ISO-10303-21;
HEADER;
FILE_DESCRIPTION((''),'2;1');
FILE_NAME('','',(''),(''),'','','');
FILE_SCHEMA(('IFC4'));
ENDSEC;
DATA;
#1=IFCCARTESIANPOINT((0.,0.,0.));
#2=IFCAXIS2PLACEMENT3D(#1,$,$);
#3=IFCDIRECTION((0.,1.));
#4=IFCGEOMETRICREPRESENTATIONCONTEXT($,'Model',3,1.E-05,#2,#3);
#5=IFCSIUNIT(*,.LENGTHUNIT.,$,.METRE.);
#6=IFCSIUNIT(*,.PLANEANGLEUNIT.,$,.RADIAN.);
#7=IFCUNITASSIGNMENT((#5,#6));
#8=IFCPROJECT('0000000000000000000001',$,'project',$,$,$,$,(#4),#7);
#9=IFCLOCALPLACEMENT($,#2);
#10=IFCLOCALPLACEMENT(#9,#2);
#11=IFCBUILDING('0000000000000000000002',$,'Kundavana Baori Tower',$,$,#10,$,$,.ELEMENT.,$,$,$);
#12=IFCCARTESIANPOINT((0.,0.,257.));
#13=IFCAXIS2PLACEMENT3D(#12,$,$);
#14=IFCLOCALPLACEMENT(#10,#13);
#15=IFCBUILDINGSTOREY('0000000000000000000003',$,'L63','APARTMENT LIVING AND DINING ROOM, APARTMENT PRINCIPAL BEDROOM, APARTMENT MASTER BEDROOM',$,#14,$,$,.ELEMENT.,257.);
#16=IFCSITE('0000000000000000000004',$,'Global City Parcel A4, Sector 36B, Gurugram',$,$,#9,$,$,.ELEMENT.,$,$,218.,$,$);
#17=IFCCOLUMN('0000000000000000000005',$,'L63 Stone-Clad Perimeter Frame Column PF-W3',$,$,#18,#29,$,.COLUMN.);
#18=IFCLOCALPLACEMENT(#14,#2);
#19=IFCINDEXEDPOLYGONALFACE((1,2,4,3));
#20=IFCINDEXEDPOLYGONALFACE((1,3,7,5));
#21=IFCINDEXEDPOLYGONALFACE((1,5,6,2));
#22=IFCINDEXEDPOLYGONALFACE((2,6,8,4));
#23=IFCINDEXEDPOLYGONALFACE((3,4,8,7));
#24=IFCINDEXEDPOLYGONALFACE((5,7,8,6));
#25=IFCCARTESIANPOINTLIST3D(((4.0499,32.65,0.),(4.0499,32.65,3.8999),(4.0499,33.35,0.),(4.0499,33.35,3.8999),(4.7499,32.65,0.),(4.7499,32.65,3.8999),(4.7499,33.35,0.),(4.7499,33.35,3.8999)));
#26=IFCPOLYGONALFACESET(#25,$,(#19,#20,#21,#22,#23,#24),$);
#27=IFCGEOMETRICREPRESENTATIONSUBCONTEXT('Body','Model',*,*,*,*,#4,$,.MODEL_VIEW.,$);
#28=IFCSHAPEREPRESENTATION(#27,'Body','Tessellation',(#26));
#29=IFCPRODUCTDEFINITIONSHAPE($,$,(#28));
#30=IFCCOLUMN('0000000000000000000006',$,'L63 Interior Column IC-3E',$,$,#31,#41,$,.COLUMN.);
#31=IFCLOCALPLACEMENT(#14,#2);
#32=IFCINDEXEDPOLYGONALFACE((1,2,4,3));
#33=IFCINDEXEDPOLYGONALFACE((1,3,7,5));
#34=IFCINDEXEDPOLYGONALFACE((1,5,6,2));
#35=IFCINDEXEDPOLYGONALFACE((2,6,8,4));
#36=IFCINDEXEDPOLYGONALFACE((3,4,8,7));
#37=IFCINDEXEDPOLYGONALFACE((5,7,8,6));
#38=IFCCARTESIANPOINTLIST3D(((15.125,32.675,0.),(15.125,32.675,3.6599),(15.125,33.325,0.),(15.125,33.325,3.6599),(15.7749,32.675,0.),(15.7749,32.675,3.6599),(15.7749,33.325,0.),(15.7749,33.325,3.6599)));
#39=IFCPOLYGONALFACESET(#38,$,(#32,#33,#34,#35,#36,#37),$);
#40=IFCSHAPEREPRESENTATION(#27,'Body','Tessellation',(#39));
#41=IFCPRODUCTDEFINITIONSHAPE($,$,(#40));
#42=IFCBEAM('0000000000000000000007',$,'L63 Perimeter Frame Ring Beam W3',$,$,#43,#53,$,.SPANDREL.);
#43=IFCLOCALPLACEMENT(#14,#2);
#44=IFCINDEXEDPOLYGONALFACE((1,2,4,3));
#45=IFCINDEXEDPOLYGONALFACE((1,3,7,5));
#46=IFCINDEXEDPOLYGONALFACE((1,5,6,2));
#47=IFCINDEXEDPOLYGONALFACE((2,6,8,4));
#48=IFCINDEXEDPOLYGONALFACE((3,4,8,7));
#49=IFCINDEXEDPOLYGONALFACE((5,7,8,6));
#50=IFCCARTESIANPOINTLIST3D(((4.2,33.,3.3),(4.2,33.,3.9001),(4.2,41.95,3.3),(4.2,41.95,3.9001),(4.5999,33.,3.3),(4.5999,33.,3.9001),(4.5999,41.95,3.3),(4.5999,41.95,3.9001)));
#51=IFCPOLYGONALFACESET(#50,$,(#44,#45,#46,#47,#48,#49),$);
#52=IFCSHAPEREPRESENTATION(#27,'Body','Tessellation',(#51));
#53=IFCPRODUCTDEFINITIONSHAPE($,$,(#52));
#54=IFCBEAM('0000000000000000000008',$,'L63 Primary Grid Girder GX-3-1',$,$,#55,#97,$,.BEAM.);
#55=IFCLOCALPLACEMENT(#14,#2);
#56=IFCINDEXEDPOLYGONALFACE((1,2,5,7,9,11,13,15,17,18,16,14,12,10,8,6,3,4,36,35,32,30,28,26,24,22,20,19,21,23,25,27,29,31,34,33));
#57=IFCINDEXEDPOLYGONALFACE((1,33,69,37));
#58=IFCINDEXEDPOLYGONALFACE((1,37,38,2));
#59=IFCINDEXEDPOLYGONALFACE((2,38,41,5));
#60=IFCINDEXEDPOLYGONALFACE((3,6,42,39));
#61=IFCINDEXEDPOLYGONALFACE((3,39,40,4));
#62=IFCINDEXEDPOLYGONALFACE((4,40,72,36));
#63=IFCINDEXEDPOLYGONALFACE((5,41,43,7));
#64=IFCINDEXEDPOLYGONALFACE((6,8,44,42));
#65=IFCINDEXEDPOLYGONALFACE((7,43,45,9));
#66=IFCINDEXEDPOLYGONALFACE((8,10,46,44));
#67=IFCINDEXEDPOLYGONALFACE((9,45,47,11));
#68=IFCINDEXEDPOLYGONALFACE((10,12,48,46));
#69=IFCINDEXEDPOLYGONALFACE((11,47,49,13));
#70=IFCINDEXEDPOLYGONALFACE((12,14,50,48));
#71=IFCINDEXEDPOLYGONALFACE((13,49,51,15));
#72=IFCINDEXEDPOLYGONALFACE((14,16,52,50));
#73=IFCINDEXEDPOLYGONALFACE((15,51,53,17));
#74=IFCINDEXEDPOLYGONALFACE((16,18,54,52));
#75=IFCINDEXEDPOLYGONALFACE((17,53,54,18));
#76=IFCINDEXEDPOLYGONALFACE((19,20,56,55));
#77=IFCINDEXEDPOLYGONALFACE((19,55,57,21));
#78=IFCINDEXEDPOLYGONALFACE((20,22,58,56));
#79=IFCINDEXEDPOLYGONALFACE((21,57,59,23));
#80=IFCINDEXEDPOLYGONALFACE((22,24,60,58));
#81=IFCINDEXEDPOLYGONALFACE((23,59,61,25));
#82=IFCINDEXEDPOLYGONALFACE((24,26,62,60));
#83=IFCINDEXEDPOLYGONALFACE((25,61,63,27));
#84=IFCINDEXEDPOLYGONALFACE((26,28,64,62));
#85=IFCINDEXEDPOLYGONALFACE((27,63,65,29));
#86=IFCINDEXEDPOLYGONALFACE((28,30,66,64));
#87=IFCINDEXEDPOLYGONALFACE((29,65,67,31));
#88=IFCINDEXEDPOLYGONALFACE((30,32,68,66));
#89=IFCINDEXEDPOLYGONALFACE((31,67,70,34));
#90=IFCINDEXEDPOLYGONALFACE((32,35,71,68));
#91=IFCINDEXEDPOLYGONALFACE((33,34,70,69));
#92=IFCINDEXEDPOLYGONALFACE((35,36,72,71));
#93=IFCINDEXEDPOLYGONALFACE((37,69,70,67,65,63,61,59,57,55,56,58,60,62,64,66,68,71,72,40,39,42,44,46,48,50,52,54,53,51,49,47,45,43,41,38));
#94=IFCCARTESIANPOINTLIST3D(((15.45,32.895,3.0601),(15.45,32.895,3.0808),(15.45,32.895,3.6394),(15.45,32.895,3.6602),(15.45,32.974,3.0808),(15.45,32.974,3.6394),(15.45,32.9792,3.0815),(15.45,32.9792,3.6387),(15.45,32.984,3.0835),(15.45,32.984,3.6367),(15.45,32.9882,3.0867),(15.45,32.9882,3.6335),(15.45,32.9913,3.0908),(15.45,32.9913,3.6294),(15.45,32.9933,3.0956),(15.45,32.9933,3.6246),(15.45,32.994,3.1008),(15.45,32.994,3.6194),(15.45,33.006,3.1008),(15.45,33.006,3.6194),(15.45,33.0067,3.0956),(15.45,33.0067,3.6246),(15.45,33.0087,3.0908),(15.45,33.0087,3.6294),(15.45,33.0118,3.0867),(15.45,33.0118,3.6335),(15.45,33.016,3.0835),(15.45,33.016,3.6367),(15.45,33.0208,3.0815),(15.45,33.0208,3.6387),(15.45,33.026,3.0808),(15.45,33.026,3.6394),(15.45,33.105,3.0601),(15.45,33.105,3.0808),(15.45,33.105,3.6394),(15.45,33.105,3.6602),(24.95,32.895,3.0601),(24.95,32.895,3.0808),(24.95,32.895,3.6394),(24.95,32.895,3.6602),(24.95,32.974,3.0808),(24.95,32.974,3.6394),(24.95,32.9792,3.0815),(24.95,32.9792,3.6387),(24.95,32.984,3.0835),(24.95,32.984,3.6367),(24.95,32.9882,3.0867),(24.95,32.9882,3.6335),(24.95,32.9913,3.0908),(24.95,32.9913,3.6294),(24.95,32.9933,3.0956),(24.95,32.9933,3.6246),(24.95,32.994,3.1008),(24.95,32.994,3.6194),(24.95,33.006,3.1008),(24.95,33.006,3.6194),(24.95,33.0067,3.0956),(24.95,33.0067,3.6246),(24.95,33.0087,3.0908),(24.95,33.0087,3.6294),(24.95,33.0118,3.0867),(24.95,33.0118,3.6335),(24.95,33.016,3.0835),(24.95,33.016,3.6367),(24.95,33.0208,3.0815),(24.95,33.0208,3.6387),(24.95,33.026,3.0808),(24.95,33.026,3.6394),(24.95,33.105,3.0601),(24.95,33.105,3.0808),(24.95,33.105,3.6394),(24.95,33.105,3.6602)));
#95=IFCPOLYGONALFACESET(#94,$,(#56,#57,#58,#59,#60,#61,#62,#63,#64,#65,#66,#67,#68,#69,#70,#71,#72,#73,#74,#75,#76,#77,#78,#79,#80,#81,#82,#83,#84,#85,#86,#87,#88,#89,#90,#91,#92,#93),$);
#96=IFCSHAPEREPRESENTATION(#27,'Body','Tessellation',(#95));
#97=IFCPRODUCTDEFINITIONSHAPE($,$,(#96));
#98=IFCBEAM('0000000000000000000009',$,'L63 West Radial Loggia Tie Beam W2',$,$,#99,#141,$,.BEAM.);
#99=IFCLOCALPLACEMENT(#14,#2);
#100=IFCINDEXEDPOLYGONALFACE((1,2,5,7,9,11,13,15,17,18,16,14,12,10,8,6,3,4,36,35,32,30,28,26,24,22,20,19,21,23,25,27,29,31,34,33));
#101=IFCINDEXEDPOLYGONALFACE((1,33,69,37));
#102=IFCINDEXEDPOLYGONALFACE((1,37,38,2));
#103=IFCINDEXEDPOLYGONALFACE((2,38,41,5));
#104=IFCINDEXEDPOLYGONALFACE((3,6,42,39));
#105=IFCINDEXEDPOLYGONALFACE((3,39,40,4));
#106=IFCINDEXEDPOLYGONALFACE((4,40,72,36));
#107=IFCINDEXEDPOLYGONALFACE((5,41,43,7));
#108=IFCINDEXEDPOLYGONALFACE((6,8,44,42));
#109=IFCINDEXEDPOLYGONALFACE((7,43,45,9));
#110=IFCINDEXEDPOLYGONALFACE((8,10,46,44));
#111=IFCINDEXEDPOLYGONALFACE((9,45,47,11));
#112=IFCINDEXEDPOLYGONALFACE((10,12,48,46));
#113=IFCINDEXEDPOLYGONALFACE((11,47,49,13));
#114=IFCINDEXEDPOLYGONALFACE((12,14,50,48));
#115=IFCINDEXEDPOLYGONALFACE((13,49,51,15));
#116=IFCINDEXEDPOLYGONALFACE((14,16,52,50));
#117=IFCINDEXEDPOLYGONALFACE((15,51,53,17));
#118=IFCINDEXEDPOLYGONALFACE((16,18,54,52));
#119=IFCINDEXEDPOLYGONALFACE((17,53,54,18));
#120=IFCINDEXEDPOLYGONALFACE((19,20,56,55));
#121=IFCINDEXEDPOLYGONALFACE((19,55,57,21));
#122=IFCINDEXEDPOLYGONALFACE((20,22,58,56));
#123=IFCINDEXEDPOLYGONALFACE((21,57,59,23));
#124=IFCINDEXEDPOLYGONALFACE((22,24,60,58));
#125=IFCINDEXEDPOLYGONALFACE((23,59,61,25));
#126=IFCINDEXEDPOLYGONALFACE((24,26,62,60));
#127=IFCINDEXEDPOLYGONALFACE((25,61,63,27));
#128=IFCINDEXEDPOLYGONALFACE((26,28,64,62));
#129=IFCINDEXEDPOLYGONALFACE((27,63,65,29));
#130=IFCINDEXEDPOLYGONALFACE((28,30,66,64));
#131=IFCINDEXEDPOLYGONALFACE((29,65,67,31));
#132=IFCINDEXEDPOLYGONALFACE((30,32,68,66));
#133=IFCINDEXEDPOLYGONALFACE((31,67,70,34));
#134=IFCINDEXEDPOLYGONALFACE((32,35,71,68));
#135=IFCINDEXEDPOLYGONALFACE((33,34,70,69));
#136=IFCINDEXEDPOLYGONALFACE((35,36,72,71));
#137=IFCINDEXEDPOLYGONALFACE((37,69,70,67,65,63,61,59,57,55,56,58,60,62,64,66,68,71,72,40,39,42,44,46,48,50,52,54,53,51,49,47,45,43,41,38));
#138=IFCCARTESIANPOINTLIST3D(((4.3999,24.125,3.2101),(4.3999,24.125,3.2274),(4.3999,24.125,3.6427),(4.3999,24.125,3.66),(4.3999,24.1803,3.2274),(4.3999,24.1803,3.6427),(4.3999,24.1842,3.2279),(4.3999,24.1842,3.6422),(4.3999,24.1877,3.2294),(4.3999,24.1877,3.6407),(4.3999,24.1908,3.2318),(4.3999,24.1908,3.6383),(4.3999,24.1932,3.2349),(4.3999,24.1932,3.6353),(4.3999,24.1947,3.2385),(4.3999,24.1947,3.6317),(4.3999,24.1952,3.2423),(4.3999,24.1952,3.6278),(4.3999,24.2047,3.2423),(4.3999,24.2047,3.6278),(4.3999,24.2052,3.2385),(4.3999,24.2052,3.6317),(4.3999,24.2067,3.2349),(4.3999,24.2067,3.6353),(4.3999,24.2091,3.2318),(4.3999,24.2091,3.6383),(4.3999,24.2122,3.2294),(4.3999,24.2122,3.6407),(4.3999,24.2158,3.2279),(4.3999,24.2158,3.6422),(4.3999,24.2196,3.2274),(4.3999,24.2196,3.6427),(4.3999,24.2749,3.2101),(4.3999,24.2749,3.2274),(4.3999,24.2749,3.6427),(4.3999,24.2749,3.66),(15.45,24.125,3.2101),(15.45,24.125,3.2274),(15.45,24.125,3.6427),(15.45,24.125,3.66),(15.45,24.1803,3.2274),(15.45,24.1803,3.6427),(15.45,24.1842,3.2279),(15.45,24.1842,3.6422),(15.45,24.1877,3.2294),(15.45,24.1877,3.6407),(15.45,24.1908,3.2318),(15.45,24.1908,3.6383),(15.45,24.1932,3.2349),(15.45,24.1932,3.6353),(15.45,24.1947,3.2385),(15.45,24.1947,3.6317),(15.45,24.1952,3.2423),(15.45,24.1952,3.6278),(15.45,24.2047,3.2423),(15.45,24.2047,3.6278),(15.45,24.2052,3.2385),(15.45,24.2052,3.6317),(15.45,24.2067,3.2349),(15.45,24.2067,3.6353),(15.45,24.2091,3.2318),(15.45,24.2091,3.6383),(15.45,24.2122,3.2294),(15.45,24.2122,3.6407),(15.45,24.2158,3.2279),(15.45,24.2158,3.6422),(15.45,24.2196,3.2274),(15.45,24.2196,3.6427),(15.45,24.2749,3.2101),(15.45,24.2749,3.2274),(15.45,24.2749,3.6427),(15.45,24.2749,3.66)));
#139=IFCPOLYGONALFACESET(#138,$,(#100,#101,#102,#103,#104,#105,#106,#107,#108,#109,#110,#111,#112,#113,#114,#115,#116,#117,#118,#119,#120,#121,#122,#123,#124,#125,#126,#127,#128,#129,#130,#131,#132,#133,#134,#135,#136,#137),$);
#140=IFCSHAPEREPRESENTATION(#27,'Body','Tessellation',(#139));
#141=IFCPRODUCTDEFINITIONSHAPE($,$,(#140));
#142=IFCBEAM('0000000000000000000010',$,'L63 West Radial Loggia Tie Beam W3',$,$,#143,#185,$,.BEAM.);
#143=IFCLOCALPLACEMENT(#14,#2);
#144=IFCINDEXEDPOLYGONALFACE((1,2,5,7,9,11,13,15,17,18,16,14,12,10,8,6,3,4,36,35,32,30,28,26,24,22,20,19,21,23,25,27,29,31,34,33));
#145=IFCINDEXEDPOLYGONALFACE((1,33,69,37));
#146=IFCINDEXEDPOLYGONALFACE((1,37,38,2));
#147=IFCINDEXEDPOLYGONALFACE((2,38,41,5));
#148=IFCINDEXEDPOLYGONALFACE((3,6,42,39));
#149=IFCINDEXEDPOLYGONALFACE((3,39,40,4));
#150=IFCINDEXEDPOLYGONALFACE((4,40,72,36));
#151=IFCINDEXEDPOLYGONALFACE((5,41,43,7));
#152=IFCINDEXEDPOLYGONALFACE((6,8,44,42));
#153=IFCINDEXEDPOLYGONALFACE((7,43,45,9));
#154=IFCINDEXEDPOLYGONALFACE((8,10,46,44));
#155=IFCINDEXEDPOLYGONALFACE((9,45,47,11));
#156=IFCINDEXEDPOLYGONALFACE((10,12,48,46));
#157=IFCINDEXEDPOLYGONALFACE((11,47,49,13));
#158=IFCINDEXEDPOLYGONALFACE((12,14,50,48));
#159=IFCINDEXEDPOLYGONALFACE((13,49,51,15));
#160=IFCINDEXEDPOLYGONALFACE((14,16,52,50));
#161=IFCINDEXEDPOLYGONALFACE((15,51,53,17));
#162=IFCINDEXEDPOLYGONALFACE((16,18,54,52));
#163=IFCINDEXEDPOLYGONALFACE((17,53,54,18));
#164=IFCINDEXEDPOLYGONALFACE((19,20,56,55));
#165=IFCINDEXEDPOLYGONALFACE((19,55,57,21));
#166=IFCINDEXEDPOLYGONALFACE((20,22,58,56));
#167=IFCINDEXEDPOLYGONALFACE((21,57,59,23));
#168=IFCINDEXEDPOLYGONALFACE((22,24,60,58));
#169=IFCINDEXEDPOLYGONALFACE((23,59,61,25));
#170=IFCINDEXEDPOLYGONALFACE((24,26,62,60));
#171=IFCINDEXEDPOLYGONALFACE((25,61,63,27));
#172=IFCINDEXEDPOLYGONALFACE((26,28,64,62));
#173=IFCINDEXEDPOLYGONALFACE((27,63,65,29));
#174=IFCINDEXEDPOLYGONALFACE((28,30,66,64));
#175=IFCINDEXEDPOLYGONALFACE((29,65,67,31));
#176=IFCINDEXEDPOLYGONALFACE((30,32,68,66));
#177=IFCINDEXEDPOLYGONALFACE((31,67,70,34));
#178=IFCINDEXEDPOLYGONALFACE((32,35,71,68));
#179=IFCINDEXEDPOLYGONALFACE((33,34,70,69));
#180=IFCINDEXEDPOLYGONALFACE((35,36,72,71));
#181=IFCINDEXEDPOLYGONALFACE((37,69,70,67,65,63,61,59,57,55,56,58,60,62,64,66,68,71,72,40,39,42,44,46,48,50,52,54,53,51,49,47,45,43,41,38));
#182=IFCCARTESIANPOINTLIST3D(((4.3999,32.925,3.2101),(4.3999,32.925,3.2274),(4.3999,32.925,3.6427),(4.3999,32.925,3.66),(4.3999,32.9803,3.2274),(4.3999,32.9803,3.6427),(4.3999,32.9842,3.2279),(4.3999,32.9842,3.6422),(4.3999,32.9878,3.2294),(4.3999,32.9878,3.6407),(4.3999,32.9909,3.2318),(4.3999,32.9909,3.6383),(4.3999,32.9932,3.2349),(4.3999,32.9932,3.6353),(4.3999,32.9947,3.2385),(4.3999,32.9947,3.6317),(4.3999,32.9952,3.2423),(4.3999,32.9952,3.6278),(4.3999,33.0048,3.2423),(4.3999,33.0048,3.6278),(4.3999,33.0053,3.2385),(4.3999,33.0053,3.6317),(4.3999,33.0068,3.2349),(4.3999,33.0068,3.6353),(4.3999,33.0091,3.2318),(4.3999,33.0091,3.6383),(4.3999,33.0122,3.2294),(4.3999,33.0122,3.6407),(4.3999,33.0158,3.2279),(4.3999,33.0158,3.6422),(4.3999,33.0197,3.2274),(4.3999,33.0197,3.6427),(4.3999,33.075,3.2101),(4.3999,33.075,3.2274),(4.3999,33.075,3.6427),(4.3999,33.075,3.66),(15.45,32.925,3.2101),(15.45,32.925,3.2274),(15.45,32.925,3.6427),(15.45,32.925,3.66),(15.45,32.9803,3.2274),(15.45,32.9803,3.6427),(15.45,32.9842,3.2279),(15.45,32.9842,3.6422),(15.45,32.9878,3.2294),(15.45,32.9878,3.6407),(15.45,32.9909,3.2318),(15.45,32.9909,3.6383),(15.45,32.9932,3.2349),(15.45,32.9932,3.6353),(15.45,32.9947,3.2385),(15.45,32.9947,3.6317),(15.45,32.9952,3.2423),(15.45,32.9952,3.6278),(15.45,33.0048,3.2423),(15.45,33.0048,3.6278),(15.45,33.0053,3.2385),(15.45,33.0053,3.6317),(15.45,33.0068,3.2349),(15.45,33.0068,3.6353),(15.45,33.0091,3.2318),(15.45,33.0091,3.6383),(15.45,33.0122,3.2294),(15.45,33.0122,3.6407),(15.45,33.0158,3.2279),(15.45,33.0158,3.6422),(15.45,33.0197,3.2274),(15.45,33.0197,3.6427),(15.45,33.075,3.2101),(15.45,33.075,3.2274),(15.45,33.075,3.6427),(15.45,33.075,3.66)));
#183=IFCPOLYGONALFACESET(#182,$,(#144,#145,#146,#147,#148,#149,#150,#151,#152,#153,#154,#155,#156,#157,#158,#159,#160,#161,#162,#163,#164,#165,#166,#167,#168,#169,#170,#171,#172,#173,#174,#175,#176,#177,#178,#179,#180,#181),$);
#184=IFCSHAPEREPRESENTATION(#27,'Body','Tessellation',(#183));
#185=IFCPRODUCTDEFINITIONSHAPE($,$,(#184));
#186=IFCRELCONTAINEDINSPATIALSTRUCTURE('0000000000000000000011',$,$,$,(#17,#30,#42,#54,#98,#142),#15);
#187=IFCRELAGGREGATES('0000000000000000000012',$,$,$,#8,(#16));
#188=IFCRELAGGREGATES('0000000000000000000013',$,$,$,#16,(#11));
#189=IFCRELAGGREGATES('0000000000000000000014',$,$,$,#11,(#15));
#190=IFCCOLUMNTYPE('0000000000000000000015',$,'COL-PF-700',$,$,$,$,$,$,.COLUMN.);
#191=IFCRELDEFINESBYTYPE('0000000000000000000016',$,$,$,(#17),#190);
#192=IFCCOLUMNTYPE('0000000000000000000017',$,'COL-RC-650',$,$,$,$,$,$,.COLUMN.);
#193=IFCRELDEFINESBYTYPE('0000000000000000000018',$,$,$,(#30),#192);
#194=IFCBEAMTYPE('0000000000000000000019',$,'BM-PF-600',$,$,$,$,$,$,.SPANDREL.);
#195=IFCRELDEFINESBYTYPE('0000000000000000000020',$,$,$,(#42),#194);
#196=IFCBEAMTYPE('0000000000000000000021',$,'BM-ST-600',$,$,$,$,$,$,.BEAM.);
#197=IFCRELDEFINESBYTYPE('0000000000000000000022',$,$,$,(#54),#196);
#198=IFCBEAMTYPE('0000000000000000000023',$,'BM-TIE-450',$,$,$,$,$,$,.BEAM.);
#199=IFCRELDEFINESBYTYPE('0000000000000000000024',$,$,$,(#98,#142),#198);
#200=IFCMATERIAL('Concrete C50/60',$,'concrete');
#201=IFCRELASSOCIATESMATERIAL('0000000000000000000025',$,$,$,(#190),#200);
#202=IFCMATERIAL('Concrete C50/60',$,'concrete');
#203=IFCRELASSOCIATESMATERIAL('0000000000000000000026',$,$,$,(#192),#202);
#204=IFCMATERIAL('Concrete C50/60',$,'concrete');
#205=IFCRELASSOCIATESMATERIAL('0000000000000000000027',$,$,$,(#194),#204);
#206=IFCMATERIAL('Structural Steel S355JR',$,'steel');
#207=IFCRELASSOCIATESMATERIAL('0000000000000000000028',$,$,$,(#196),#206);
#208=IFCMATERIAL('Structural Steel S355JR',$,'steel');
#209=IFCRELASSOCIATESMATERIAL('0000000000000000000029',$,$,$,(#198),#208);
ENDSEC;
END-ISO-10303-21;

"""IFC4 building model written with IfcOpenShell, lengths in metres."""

from ifc_helpers import new_model, si_unit, direction, frame, origin, origin_2d, place, context, subcontext, project, spatial, rectangle, i_section, extrude, material, material_profile, profile_set, type_object, element, save


model = new_model("IFC4")

# Units and contexts
model_context = context("Model", 3, precision=1e-05, world=origin(), true_north=direction((0.0, 1.0)))
body_context = subcontext(model_context, "Body", "Model", "MODEL_VIEW")
ifc_project = project(units=[si_unit("LENGTHUNIT", "METRE"), si_unit("PLANEANGLEUNIT", "RADIAN")], contexts=[model_context])

# Site, building, storey
site_placement = place(None, origin())
site = spatial("IfcSite", under=ifc_project, at=site_placement, Name="Global City Parcel A4, Sector 36B, Gurugram", CompositionType="ELEMENT", RefElevation=218.0)
building_placement = place(site_placement, origin())
building = spatial("IfcBuilding", under=site, at=building_placement, Name="Kundavana Baori Tower", CompositionType="ELEMENT")
storey_placement = place(building_placement, frame((0.0, 0.0, 257.0)))
storey = spatial("IfcBuildingStorey", under=building, at=storey_placement, Name="L63", Description="APARTMENT LIVING AND DINING ROOM, APARTMENT PRINCIPAL BEDROOM, APARTMENT MASTER BEDROOM", CompositionType="ELEMENT", Elevation=257.0)

# Columns
ifc_material_1 = material(Name="Concrete C50/60", Category="concrete")
ifc_material_profile_1 = material_profile(ifc_material_1, rectangle(XDim=0.7, YDim=0.7, at=origin_2d()), Name="RC PF 700x700")
ifc_profile_set_1 = profile_set([ifc_material_profile_1], Name="Concrete C50/60")
column_type_1 = type_object("IfcColumnType", Name="COL-PF-700", PredefinedType="COLUMN", material=ifc_profile_set_1)
column_1_placement = place(storey_placement, frame((4.3999, 33.0, 0.0), z_axis=(0.0, 0.0, 1.0), x_axis=(1.0, 0.0, 0.0)))
element("IfcColumn", 1, at=column_1_placement, inside=storey, type_object=column_type_1, Name="L63 Stone-Clad Perimeter Frame Column PF-W3", PredefinedType="COLUMN", context=body_context, shape_type="SweptSolid", body=[
    extrude(rectangle(XDim=0.7, YDim=0.7, at=origin_2d()), origin(), (0.0, 0.0, 1.0), 3.8999),
])
ifc_material_2 = material(Name="Concrete C50/60", Category="concrete")
ifc_material_profile_2 = material_profile(ifc_material_2, rectangle(XDim=0.6499, YDim=0.6499, at=origin_2d()), Name="RC 650x650")
ifc_profile_set_2 = profile_set([ifc_material_profile_2], Name="Concrete C50/60")
column_type_2 = type_object("IfcColumnType", Name="COL-RC-650", PredefinedType="COLUMN", material=ifc_profile_set_2)
column_2_placement = place(storey_placement, frame((15.45, 33.0, 0.0), z_axis=(0.0, 0.0, 1.0), x_axis=(1.0, 0.0, 0.0)))
element("IfcColumn", 2, at=column_2_placement, inside=storey, type_object=column_type_2, Name="L63 Interior Column IC-3E", PredefinedType="COLUMN", context=body_context, shape_type="SweptSolid", body=[
    extrude(rectangle(XDim=0.6499, YDim=0.6499, at=origin_2d()), origin(), (0.0, 0.0, 1.0), 3.6599),
])

# Beams
ifc_material_3 = material(Name="Concrete C50/60", Category="concrete")
ifc_material_profile_3 = material_profile(ifc_material_3, rectangle(XDim=0.3999, YDim=0.6001, at=origin_2d()), Name="RC BM 400x600")
ifc_profile_set_3 = profile_set([ifc_material_profile_3], Name="Concrete C50/60")
beam_type_1 = type_object("IfcBeamType", Name="BM-PF-600", PredefinedType="SPANDREL", material=ifc_profile_set_3)
beam_1_placement = place(storey_placement, frame((4.3999, 33.0, 3.6001), z_axis=(0.0, 1.0, 0.0), x_axis=(-1.0, 0.0, 0.0)))
element("IfcBeam", 3, at=beam_1_placement, inside=storey, type_object=beam_type_1, Name="L63 Perimeter Frame Ring Beam W3", PredefinedType="SPANDREL", context=body_context, shape_type="SweptSolid", body=[
    extrude(rectangle(XDim=0.3999, YDim=0.6001, at=origin_2d()), origin(), (0.0, 0.0, 1.0), 8.95),
])
ifc_material_4 = material(Name="Structural Steel S355JR", Category="steel")
ifc_material_profile_4 = material_profile(ifc_material_4, i_section(OverallWidth=0.21, OverallDepth=0.6001, WebThickness=0.012, FlangeThickness=0.0208, FilletRadius=0.02, at=origin_2d()), Name="ISMB 600")
ifc_profile_set_4 = profile_set([ifc_material_profile_4], Name="Structural Steel S355JR")
beam_type_2 = type_object("IfcBeamType", Name="BM-ST-600", PredefinedType="BEAM", material=ifc_profile_set_4)
beam_2_placement = place(storey_placement, frame((15.45, 33.0, 3.3601), z_axis=(1.0, 0.0, 0.0), x_axis=(0.0, 1.0, 0.0)))
element("IfcBeam", 4, at=beam_2_placement, inside=storey, type_object=beam_type_2, Name="L63 Primary Grid Girder GX-3-1", PredefinedType="BEAM", context=body_context, shape_type="SweptSolid", body=[
    extrude(i_section(OverallWidth=0.21, OverallDepth=0.6001, WebThickness=0.012, FlangeThickness=0.0208, FilletRadius=0.02, at=origin_2d()), origin(), (0.0, 0.0, 1.0), 9.5),
])
ifc_material_5 = material(Name="Structural Steel S355JR", Category="steel")
ifc_material_profile_5 = material_profile(ifc_material_5, i_section(OverallWidth=0.1499, OverallDepth=0.45, WebThickness=0.0095, FlangeThickness=0.0173, FilletRadius=0.0149, at=origin_2d()), Name="ISMB 450")
ifc_profile_set_5 = profile_set([ifc_material_profile_5], Name="Structural Steel S355JR")
beam_type_3 = type_object("IfcBeamType", Name="BM-TIE-450", PredefinedType="BEAM", material=ifc_profile_set_5)
for number, where, z_axis, x_axis, name in (
    (5, (15.45, 24.2, 3.4351), (-1.0, 0.0, 0.0), (0.0, -1.0, 0.0), "L63 West Radial Loggia Tie Beam W2"),
    (6, (15.45, 33.0, 3.4351), (-1.0, 0.0, 0.0), (0.0, -1.0, 0.0), "L63 West Radial Loggia Tie Beam W3"),
):
    element("IfcBeam", number, at=place(storey_placement, frame(where, z_axis=z_axis, x_axis=x_axis)), inside=storey, type_object=beam_type_3, Name=name, PredefinedType="BEAM", context=body_context, shape_type="SweptSolid", body=[
        extrude(i_section(OverallWidth=0.1499, OverallDepth=0.45, WebThickness=0.0095, FlangeThickness=0.0173, FilletRadius=0.0149, at=origin_2d()), origin(), (0.0, 0.0, 1.0), 11.05),
    ])

save(model, "model.ifc")
